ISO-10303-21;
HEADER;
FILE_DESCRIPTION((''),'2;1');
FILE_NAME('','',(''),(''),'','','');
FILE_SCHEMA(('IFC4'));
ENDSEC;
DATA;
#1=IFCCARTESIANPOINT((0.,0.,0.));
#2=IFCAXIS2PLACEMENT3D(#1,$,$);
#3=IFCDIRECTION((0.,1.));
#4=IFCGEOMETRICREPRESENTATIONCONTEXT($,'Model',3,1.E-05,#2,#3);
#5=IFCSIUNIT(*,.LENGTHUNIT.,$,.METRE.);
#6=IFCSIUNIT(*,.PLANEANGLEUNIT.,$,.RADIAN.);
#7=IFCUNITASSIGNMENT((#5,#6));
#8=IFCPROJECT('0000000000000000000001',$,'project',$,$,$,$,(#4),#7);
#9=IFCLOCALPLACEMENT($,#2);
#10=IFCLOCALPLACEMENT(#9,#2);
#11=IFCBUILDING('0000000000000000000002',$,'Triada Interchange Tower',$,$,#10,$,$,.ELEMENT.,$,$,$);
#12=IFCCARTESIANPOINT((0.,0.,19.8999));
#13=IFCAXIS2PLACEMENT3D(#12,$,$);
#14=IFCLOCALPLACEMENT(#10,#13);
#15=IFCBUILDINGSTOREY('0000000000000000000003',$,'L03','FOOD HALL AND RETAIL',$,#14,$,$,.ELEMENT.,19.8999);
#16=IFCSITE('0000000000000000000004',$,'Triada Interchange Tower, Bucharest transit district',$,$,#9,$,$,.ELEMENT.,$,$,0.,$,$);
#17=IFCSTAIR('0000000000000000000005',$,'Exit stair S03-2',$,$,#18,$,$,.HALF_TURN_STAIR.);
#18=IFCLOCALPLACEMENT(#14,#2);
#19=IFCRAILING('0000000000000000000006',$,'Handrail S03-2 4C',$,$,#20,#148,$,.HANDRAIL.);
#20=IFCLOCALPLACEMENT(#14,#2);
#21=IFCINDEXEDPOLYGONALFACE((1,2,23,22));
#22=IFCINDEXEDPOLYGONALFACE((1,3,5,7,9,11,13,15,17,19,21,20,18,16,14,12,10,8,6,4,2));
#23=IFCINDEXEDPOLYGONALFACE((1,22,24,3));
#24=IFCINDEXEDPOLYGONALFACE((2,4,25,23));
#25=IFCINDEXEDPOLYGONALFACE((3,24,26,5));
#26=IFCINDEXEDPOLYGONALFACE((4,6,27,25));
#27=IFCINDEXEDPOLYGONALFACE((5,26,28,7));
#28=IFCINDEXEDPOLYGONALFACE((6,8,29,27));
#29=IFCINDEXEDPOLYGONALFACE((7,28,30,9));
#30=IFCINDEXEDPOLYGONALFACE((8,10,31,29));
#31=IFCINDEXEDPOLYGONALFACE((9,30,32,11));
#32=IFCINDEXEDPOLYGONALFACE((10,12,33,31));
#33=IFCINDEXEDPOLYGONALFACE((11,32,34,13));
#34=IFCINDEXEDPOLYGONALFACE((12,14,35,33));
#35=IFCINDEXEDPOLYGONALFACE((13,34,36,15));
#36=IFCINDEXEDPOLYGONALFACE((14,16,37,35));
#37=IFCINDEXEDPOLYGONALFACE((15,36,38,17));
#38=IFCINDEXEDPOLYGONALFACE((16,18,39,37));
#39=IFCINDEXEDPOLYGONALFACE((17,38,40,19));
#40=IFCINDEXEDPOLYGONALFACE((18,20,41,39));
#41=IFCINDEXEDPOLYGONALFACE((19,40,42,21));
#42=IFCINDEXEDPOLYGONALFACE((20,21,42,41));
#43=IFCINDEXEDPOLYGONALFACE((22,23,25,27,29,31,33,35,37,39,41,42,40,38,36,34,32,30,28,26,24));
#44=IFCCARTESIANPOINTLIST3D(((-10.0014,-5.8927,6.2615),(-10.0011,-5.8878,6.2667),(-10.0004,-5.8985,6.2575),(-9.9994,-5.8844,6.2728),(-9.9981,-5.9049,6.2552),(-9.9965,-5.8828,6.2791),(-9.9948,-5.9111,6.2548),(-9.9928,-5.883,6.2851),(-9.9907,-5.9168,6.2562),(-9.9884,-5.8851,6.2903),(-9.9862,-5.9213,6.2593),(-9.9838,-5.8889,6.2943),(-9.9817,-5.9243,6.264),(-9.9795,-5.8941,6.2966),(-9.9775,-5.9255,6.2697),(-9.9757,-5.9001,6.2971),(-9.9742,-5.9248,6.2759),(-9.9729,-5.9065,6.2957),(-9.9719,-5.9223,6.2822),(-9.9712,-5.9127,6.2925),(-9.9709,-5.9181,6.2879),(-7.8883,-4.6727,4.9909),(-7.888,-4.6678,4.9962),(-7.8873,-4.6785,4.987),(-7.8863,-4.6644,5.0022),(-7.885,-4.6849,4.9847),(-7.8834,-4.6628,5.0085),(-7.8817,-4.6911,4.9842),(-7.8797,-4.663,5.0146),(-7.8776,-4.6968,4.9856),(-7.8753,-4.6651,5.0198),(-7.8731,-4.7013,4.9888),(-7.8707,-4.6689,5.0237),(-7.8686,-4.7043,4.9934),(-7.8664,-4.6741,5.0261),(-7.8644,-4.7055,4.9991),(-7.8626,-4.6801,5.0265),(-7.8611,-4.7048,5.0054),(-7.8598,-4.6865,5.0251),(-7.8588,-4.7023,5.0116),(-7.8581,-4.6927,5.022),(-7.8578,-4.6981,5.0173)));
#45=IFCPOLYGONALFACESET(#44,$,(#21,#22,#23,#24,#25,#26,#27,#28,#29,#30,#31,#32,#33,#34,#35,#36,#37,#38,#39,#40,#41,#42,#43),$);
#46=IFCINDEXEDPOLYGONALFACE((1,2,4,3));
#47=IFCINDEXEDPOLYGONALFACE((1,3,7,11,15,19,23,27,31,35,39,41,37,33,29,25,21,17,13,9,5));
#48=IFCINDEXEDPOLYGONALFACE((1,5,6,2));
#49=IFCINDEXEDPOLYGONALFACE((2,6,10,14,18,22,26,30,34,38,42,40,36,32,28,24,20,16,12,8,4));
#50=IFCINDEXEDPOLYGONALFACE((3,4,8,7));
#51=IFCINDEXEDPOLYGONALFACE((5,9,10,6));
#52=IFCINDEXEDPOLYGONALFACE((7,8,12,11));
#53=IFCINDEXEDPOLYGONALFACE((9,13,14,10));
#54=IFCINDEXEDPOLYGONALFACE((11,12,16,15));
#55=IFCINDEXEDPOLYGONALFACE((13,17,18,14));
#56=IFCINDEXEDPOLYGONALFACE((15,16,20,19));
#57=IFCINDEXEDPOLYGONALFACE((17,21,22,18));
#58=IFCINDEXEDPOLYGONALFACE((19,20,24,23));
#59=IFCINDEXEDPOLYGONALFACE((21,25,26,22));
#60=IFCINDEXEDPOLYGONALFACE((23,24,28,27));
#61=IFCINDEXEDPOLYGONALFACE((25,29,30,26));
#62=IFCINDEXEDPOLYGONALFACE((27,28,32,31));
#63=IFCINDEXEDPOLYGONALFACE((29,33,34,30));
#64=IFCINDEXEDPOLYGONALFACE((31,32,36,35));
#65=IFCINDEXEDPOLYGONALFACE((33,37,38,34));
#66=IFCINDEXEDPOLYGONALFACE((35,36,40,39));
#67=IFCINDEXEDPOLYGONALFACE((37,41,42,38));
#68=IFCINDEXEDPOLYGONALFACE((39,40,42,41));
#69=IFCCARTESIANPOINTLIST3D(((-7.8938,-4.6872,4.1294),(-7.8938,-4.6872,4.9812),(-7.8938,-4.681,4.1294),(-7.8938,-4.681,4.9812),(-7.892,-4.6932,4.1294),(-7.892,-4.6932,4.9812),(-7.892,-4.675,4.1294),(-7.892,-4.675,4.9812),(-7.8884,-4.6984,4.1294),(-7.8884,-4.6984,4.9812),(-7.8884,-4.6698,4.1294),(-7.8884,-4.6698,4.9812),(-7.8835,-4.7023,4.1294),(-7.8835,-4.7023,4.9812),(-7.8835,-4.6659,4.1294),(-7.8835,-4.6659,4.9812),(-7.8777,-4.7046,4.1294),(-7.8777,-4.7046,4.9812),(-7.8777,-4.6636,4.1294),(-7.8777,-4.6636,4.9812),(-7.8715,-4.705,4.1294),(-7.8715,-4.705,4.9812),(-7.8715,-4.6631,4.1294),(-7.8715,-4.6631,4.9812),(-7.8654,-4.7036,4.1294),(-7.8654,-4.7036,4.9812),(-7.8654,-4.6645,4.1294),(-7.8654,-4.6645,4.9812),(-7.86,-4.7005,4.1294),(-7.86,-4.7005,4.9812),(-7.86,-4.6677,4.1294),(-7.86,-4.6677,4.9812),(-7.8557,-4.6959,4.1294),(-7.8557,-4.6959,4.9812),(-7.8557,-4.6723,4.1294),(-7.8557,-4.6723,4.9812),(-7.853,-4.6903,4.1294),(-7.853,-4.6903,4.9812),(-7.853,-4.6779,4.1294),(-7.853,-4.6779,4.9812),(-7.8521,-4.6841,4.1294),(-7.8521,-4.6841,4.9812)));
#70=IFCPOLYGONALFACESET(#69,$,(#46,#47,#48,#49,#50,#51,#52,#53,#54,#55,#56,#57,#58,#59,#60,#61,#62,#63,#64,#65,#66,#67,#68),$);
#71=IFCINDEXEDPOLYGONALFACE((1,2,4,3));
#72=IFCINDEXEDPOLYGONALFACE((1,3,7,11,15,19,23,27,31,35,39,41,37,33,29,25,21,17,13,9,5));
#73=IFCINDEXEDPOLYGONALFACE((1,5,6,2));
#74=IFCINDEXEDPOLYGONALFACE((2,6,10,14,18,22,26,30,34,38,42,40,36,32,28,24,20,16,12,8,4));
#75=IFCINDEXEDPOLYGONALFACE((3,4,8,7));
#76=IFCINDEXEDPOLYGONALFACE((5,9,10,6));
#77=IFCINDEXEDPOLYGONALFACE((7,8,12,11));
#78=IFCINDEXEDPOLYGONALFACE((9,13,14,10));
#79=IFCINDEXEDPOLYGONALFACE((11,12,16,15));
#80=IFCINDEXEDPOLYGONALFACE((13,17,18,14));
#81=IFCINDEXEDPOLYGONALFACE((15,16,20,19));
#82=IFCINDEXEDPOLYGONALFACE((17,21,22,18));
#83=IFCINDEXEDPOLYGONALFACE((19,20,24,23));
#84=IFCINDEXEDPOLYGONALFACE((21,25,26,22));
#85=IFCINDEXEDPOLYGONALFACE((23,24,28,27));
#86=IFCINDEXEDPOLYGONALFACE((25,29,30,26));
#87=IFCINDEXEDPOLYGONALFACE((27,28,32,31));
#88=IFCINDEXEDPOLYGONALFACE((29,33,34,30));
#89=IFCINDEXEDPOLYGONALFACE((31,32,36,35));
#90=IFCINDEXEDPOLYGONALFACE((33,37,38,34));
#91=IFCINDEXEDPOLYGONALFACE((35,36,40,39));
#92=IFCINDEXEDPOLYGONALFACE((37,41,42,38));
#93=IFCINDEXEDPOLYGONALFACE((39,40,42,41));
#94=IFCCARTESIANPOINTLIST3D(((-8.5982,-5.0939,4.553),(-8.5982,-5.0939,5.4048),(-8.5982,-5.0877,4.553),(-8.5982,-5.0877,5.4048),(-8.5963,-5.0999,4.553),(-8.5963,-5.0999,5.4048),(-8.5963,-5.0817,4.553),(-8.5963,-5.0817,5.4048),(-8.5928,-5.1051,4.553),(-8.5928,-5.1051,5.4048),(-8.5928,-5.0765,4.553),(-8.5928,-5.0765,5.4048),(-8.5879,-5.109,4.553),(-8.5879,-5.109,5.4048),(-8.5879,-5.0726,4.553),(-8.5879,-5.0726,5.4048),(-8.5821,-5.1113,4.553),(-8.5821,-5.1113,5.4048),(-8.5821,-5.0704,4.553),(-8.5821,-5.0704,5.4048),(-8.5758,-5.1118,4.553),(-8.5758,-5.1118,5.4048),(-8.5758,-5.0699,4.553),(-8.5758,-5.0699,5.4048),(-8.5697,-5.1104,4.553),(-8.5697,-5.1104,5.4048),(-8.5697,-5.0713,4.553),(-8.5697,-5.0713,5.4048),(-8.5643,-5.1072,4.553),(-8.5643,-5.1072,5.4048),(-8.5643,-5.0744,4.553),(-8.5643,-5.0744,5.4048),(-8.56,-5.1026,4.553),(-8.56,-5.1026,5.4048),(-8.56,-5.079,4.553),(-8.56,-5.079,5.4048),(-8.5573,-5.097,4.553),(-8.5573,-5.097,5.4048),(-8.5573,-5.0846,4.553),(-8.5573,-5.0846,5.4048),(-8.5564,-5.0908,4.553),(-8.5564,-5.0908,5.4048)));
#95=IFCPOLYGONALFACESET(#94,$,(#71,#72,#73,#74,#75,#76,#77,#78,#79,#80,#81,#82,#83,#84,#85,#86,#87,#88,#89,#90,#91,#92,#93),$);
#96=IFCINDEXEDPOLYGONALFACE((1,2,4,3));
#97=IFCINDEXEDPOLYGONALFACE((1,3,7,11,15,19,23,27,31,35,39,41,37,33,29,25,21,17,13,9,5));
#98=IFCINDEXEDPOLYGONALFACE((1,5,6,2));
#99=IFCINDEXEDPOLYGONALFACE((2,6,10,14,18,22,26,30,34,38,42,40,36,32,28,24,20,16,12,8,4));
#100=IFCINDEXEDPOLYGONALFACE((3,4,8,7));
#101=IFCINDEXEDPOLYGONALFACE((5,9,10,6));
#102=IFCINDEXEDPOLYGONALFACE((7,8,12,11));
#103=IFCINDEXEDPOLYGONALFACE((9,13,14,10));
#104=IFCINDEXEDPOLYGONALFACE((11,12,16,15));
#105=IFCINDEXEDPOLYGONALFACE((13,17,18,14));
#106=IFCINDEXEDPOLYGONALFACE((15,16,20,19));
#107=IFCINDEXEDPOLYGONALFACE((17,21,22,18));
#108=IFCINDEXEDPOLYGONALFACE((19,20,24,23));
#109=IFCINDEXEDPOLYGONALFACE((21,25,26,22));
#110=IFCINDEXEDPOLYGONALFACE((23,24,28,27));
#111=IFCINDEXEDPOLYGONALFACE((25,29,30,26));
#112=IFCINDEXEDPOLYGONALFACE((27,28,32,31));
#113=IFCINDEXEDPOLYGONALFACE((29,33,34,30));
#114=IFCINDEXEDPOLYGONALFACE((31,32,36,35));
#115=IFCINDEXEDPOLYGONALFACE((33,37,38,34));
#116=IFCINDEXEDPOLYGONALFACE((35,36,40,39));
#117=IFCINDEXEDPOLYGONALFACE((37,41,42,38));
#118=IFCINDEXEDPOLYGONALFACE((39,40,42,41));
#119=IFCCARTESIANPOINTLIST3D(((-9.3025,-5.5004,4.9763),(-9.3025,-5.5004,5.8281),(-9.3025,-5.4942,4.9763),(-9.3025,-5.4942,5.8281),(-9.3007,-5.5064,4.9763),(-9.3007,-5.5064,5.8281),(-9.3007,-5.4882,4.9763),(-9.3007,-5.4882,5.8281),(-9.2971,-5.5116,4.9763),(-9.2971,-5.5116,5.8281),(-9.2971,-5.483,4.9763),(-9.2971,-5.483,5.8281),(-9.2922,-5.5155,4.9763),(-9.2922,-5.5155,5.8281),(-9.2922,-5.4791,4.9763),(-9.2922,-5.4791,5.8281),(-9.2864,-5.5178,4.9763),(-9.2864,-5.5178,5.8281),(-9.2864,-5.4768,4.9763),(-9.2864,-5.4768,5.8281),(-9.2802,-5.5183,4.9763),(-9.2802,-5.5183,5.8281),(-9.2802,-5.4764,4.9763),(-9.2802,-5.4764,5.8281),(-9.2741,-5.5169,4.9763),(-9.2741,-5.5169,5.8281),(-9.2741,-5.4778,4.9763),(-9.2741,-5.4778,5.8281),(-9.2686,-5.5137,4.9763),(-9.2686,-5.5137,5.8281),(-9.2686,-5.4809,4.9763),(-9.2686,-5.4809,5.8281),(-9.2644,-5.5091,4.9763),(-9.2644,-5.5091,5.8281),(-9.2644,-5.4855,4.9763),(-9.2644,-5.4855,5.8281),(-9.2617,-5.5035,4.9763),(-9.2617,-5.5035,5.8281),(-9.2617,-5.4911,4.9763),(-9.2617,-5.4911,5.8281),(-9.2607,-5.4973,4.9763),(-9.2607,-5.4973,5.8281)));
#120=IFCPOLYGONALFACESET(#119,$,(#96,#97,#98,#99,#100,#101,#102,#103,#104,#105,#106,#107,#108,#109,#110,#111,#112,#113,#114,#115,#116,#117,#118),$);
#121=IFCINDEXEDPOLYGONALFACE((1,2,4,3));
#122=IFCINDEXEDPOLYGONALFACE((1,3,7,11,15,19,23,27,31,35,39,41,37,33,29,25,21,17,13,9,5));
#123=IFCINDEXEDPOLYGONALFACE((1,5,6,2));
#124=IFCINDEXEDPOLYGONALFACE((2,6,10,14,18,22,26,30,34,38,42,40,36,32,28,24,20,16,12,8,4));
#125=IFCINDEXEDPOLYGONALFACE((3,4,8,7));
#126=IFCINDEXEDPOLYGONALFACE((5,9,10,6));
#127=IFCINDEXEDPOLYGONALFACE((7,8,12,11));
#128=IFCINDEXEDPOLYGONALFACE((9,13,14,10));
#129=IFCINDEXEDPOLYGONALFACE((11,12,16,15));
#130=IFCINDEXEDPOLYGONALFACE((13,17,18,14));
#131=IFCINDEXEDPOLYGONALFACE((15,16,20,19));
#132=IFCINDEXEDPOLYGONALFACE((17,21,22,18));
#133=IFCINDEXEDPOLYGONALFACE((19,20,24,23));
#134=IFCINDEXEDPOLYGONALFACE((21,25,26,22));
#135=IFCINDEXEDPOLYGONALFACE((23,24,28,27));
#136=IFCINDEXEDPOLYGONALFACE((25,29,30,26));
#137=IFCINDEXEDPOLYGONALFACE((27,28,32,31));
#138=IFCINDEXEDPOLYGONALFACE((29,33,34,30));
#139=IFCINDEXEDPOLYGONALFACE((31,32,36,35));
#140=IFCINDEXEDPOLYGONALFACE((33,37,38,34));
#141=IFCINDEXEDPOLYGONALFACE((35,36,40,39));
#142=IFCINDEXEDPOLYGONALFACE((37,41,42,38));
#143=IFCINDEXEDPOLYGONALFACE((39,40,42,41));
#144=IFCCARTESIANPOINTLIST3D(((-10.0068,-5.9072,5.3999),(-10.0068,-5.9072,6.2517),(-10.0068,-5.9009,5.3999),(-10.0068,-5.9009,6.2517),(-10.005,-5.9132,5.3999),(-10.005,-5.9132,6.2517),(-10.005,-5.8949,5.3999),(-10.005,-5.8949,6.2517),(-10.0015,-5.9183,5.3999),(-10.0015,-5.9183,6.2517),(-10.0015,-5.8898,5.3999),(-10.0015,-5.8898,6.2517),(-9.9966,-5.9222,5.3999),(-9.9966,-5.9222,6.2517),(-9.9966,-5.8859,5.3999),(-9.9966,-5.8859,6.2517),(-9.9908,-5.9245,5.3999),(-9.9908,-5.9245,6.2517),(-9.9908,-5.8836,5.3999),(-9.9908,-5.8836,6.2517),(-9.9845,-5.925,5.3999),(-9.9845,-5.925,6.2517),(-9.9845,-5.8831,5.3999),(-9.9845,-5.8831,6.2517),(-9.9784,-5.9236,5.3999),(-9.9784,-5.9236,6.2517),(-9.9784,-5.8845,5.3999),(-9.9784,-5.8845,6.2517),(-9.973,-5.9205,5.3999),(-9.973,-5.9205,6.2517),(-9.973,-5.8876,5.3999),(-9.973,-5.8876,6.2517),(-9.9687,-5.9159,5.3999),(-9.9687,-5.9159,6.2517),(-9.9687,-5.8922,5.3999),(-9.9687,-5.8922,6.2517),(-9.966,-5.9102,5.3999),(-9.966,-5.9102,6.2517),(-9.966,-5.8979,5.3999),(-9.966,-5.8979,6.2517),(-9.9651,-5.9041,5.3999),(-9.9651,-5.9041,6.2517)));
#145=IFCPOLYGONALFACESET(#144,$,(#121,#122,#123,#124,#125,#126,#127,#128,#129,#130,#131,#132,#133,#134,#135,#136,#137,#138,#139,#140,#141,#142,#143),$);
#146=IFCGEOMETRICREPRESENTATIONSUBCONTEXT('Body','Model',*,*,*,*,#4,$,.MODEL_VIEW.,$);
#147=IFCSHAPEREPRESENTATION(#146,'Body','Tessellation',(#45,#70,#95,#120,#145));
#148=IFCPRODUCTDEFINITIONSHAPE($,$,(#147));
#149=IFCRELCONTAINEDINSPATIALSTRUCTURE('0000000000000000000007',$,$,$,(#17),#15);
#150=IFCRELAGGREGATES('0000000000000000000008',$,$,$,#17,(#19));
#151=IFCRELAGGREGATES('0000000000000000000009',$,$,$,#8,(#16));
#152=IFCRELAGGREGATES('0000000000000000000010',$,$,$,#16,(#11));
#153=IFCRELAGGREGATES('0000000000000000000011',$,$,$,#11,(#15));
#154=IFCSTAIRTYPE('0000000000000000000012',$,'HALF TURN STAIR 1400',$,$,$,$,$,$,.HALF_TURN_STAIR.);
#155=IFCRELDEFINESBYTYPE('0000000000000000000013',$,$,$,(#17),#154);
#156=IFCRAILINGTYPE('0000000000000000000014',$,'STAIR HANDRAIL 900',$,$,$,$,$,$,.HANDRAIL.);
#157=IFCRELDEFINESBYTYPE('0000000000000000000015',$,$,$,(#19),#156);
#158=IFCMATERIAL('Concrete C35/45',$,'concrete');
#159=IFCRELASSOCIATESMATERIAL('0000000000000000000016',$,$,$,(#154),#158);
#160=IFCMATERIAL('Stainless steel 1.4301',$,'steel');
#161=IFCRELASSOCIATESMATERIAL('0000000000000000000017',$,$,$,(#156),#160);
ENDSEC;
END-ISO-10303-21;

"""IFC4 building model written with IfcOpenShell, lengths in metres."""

from ifc_helpers import new_model, si_unit, direction, frame, origin, origin_2d, place, context, subcontext, project, spatial, circle, extrude, material, type_object, element, aggregate, save


model = new_model("IFC4")

# Units and contexts
model_context = context("Model", 3, precision=1e-05, world=origin(), true_north=direction((0.0, 1.0)))
body_context = subcontext(model_context, "Body", "Model", "MODEL_VIEW")
ifc_project = project(units=[si_unit("LENGTHUNIT", "METRE"), si_unit("PLANEANGLEUNIT", "RADIAN")], contexts=[model_context])

# Site, building, storey
site_placement = place(None, origin())
site = spatial("IfcSite", under=ifc_project, at=site_placement, Name="Triada Interchange Tower, Bucharest transit district", CompositionType="ELEMENT", RefElevation=0.0)
building_placement = place(site_placement, origin())
building = spatial("IfcBuilding", under=site, at=building_placement, Name="Triada Interchange Tower", CompositionType="ELEMENT")
storey_placement = place(building_placement, frame((0.0, 0.0, 19.8999)))
storey = spatial("IfcBuildingStorey", under=building, at=storey_placement, Name="L03", Description="FOOD HALL AND RETAIL", CompositionType="ELEMENT", Elevation=19.8999)

# Shared definitions
ifc_material_1 = material(Name="Concrete C35/45", Category="concrete")

# Stair, railing
stair_type = type_object("IfcStairType", Name="HALF TURN STAIR 1400", PredefinedType="HALF_TURN_STAIR", material=ifc_material_1)
stair_placement = place(storey_placement, origin())
stair = element("IfcStair", 1, at=stair_placement, inside=storey, type_object=stair_type, Name="Exit stair S03-2", PredefinedType="HALF_TURN_STAIR")
ifc_material_2 = material(Name="Stainless steel 1.4301", Category="steel")
railing_type = type_object("IfcRailingType", Name="STAIR HANDRAIL 900", PredefinedType="HANDRAIL", material=ifc_material_2)
railing_1_placement = place(storey_placement, frame((-7.873, -4.6841, 4.1294)))
railing_1 = element("IfcRailing", 2, at=railing_1_placement, type_object=railing_type, Name="Handrail S03-2 4C", PredefinedType="HANDRAIL", context=body_context, shape_type="SweptSolid", body=[
    extrude(circle(Radius=0.0239, at=origin_2d()), frame((0.0, 0.0, 0.876), z_axis=(-0.768126, -0.443481, 0.461852), x_axis=(0.500003, -0.866024, 0.0)), (0.0, 0.0, 1.0), 2.751),
    extrude(circle(Radius=0.021, at=origin_2d()), origin(), (0.0, 0.0, 1.0), 0.8518),
    extrude(circle(Radius=0.021, at=origin_2d()), frame((-0.7043, -0.4067, 0.4236)), (0.0, 0.0, 1.0), 0.8518),
    extrude(circle(Radius=0.021, at=origin_2d()), frame((-1.4087, -0.8132, 0.8469)), (0.0, 0.0, 1.0), 0.8518),
    extrude(circle(Radius=0.021, at=origin_2d()), frame((-2.113, -1.22, 1.2705)), (0.0, 0.0, 1.0), 0.8518),
])
aggregate(stair, [railing_1])

save(model, "model.ifc")
